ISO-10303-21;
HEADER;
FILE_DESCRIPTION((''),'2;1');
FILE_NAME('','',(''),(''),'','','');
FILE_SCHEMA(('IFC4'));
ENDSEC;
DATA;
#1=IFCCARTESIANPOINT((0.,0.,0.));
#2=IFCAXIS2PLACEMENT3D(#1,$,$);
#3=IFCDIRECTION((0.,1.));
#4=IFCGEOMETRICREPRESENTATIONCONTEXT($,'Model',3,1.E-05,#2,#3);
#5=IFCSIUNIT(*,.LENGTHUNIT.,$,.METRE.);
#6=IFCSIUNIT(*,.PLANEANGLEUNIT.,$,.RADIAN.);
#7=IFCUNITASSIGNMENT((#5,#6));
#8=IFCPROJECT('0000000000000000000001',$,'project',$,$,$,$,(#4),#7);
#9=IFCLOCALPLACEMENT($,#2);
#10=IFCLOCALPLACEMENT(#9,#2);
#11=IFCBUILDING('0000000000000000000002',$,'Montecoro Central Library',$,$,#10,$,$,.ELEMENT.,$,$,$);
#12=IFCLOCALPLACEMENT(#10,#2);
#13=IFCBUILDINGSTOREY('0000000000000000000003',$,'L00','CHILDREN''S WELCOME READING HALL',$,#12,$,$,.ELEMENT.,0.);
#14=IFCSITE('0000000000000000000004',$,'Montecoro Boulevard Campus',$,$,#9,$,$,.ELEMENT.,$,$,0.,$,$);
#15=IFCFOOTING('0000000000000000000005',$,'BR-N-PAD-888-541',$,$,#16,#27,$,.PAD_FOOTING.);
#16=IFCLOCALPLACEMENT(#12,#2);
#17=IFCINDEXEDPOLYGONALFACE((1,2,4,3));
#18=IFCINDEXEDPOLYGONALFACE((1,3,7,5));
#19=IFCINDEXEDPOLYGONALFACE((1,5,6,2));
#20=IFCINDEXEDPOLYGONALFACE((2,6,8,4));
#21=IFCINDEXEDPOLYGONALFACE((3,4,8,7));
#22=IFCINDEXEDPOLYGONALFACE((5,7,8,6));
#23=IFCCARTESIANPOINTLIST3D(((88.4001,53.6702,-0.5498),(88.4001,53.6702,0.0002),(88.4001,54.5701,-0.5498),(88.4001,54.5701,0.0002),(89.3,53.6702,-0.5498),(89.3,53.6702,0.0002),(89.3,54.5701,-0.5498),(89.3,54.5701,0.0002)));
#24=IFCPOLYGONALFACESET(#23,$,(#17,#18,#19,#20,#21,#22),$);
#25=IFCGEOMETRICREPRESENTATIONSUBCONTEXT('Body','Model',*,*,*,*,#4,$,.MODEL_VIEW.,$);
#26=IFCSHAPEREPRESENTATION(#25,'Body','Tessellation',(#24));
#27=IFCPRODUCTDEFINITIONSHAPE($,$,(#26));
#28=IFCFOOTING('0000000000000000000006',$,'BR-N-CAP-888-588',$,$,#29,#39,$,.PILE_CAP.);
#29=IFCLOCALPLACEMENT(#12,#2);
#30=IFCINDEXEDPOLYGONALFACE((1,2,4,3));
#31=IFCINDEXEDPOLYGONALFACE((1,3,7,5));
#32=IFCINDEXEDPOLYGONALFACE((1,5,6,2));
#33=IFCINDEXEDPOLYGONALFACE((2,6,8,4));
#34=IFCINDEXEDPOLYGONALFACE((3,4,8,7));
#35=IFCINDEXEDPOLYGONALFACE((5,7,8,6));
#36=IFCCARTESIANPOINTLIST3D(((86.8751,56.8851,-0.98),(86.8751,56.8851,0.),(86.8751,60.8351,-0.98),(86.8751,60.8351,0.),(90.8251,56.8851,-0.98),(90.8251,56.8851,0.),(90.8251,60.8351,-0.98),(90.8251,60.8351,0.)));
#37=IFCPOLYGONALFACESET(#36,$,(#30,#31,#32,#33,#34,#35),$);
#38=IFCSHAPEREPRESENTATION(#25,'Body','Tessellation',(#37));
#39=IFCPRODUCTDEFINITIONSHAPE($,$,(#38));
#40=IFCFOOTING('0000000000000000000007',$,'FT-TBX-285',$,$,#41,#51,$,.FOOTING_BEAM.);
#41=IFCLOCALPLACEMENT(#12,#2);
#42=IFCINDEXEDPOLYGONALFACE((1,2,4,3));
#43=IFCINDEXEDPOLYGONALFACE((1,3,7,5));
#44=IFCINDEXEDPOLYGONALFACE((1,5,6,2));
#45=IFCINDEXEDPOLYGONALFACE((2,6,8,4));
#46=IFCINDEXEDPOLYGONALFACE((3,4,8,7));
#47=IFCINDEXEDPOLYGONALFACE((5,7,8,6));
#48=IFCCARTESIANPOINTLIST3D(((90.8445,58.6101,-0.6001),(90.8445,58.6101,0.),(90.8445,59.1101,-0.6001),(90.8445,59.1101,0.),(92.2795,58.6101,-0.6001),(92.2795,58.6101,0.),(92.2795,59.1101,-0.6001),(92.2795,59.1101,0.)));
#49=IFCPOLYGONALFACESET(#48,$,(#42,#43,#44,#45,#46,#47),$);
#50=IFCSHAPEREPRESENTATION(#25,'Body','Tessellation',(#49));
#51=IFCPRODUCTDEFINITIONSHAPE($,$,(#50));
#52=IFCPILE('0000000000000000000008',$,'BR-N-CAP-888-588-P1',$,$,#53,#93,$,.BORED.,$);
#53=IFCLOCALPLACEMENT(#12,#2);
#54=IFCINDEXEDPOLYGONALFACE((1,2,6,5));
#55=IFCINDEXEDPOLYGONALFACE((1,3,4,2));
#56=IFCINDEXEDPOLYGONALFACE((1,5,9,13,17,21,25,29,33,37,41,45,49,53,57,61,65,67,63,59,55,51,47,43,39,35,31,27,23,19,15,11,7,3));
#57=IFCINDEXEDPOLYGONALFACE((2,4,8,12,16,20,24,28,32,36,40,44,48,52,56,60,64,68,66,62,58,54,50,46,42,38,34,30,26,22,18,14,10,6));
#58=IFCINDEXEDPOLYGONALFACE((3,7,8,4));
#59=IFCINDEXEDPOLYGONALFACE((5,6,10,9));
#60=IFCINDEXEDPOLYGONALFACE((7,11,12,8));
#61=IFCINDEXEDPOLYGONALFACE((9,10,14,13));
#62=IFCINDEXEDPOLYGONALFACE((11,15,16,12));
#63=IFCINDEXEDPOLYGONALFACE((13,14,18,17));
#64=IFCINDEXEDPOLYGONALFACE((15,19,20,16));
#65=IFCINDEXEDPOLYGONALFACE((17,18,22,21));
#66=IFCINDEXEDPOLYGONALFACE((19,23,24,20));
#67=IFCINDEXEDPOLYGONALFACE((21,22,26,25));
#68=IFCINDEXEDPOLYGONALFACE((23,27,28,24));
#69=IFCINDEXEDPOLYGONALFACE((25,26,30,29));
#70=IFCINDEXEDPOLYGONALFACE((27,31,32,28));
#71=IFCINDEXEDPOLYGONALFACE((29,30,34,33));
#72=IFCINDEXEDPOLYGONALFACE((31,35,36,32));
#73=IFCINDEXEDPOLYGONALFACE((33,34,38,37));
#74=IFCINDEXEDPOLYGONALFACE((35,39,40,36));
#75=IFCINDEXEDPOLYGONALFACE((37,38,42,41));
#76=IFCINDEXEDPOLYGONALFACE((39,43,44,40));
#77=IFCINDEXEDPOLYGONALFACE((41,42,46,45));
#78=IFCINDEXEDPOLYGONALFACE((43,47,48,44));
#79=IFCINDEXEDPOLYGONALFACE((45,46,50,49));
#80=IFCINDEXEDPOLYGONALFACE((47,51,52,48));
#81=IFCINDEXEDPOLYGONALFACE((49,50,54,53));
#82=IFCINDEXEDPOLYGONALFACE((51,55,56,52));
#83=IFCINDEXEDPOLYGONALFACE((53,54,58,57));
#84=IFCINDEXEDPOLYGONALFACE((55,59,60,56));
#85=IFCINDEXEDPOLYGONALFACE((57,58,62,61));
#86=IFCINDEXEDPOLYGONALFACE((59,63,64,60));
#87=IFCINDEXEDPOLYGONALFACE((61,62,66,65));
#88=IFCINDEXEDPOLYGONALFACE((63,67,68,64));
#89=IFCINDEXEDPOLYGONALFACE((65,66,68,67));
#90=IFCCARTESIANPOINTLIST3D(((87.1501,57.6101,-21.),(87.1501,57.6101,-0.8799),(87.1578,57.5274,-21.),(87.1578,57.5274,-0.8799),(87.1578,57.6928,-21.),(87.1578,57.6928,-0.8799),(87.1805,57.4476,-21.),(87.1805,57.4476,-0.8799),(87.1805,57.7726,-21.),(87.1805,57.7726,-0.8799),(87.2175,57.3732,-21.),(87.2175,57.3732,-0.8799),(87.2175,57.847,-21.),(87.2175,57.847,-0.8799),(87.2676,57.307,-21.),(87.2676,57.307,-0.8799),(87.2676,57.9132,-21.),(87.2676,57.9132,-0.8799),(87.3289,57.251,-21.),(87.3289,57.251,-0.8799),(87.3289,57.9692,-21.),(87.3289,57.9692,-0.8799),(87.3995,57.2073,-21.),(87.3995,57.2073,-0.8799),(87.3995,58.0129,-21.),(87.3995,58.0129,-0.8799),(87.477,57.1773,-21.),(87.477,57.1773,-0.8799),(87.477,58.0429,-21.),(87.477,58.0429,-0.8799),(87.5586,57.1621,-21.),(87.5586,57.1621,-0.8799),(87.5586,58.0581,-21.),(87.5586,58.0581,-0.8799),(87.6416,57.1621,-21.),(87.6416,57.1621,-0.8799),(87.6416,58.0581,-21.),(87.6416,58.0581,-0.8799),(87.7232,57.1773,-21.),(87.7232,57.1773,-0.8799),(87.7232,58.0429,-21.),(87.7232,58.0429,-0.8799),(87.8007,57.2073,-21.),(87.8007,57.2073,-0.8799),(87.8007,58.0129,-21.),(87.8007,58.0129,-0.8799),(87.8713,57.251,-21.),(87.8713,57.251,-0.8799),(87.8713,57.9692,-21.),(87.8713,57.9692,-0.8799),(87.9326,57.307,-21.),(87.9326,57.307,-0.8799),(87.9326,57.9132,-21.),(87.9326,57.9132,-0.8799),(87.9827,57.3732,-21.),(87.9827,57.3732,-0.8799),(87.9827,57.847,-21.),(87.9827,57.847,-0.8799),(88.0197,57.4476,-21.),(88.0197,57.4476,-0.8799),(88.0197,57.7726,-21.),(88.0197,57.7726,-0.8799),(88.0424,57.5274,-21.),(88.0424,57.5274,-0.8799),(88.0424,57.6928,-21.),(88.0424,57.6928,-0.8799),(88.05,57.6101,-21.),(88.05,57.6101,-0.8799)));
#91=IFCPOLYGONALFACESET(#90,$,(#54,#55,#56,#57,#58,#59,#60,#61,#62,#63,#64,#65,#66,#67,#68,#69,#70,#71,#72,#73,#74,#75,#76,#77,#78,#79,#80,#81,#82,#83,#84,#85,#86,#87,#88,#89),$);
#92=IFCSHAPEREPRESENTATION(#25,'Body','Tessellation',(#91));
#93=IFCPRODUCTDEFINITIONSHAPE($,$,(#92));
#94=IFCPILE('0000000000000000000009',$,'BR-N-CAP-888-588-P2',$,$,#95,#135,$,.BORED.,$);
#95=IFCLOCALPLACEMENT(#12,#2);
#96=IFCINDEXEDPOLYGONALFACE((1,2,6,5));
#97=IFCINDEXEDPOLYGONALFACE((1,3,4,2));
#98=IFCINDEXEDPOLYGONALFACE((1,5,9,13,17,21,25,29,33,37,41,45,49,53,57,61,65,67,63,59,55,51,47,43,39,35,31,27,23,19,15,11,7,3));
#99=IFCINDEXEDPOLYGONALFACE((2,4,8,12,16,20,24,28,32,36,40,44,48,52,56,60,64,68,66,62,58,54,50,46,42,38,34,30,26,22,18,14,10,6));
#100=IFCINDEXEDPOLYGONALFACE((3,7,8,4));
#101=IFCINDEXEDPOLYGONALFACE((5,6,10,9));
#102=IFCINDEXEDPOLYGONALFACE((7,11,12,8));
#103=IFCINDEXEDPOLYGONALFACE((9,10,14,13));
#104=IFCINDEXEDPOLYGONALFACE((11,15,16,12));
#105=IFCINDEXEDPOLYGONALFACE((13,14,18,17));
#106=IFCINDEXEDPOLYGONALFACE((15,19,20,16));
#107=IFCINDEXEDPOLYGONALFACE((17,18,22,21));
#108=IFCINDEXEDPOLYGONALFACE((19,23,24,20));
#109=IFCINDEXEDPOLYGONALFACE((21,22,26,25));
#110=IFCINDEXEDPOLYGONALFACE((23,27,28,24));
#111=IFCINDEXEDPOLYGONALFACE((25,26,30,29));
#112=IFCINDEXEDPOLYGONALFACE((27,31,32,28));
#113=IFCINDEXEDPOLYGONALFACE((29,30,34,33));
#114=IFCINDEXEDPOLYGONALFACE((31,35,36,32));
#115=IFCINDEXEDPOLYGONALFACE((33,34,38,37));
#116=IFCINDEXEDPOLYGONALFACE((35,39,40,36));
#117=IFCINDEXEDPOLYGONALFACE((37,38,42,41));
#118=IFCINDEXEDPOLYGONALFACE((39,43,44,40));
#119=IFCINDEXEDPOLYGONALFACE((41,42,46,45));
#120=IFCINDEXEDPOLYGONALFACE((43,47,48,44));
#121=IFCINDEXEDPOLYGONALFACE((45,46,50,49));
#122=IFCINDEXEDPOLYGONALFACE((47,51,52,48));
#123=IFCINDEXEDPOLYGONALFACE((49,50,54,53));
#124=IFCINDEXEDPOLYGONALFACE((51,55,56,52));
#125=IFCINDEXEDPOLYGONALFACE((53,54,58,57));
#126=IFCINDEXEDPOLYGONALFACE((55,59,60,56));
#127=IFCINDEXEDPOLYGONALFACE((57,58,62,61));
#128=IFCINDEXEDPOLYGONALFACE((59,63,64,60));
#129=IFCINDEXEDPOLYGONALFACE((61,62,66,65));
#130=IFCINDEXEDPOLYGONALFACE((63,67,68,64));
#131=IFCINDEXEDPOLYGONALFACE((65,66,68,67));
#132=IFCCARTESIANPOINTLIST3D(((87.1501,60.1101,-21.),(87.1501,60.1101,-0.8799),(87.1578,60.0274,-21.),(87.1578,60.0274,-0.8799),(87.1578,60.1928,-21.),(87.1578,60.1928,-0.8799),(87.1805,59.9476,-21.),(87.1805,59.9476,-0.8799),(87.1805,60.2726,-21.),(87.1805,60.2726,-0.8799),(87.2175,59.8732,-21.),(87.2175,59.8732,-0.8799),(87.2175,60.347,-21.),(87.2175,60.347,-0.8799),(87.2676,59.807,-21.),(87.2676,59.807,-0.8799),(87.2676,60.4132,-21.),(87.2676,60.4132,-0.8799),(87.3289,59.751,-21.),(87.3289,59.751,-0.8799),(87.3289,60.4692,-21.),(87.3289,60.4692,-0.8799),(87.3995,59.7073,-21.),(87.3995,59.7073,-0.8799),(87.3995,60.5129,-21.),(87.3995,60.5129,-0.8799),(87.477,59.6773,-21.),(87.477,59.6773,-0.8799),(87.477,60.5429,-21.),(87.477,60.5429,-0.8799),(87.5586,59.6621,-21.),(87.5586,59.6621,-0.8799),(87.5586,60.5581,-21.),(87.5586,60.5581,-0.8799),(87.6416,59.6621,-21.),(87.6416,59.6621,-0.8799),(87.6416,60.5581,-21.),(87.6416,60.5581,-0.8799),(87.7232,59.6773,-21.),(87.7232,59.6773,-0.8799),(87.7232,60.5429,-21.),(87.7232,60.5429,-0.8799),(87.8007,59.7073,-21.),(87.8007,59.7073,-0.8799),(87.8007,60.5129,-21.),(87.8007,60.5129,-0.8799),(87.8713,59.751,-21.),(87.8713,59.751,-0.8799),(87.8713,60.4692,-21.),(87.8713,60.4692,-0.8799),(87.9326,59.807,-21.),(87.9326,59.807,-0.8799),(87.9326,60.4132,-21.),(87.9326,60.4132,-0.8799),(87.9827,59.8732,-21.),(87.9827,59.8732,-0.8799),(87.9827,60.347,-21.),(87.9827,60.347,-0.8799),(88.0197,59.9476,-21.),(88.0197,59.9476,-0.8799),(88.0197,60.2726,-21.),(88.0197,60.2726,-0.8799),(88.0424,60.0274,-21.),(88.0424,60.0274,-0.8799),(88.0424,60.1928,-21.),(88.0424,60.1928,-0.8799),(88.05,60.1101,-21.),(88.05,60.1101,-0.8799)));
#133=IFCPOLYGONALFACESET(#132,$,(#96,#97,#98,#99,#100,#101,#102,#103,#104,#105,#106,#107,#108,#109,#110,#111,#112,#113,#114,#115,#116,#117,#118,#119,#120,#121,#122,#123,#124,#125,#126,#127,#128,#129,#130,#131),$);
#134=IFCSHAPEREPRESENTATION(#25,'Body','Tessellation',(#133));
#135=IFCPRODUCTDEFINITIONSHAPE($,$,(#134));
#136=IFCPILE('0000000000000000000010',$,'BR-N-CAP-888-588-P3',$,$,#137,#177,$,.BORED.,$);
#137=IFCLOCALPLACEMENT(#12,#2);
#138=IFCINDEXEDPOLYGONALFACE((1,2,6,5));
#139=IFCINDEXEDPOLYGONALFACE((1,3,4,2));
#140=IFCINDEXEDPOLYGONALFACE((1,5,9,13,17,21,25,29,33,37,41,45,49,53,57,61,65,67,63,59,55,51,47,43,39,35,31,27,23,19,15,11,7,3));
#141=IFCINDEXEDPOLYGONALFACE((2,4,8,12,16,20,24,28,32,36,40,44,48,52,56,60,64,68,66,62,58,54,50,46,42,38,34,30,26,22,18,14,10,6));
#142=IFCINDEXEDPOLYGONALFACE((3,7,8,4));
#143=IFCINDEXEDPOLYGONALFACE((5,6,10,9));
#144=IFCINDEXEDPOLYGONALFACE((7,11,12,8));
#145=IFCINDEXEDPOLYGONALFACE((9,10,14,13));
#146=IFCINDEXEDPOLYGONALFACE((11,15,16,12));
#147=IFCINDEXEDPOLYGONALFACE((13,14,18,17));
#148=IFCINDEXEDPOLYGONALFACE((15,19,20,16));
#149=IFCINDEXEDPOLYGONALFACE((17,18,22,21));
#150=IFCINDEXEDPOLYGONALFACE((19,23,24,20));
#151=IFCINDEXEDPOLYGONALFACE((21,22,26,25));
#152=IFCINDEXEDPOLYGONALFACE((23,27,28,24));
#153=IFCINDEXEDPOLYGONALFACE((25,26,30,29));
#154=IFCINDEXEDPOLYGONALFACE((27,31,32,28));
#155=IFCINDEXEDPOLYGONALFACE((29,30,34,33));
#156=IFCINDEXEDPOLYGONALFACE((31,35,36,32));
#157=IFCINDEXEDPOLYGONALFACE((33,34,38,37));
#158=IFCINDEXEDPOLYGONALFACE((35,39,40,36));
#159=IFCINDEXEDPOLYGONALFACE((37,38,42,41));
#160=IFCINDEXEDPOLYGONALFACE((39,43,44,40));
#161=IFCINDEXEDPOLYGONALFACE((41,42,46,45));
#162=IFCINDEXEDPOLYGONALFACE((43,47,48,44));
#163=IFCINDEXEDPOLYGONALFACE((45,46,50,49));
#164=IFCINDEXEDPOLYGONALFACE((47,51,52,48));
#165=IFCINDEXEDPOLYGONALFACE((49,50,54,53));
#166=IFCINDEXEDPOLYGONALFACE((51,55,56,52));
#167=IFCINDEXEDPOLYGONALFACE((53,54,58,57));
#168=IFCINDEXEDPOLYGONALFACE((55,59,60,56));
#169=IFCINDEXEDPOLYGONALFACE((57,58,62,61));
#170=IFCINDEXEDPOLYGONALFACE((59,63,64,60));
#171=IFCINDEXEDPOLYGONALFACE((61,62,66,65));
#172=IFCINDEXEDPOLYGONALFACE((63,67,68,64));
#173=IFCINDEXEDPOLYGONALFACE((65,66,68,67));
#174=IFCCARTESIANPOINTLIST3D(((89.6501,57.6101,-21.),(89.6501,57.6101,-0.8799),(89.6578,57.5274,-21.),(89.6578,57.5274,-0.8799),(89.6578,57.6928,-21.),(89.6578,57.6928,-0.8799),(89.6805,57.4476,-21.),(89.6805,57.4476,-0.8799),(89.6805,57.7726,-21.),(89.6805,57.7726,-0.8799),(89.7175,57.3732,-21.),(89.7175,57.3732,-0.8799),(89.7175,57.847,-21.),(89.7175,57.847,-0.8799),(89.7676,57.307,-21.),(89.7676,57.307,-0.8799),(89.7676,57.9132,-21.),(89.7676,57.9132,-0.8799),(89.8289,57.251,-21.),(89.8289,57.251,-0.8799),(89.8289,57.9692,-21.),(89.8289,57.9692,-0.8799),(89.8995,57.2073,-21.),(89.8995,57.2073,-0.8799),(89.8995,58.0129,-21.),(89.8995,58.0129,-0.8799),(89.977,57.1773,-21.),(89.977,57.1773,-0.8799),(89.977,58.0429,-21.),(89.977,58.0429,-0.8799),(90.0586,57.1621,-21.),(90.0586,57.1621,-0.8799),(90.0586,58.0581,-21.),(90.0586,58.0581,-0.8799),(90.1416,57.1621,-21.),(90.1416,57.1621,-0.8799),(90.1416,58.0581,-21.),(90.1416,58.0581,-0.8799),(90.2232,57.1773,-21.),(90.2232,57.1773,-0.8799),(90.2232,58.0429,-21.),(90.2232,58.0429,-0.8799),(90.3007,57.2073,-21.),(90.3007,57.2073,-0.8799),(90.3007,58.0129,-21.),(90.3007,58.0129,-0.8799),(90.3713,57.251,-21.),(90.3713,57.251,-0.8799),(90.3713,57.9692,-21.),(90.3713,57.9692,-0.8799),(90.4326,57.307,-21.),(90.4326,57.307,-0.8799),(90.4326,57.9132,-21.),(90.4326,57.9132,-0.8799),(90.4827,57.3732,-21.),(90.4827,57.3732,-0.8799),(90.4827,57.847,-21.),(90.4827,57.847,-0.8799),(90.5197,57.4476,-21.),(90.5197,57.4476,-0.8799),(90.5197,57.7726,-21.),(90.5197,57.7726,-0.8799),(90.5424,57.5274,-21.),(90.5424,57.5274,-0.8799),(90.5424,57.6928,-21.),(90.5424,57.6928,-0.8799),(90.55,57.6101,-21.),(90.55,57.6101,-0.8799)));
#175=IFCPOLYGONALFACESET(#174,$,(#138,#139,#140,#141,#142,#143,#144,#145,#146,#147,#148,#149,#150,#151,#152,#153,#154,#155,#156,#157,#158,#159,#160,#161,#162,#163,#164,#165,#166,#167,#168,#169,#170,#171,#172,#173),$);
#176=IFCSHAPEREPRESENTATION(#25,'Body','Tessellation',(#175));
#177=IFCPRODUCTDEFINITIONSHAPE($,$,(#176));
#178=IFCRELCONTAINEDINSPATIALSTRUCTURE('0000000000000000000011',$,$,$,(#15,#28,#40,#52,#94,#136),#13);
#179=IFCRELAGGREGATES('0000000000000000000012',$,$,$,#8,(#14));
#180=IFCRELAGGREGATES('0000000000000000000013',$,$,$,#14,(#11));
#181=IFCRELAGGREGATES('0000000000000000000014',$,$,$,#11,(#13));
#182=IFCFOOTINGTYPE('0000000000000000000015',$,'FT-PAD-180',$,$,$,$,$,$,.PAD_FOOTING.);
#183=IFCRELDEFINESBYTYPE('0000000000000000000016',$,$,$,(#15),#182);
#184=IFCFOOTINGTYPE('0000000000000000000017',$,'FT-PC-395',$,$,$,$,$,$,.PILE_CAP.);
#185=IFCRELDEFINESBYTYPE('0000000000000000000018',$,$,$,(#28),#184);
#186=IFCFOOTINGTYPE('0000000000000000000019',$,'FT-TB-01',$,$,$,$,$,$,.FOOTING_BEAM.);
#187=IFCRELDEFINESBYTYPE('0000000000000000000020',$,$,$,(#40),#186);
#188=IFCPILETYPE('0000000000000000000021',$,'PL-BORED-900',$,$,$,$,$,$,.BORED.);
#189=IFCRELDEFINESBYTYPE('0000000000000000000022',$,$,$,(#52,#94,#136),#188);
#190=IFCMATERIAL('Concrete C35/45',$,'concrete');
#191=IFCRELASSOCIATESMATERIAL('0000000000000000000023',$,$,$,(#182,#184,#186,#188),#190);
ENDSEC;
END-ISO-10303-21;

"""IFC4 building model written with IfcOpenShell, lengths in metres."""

from ifc_helpers import new_model, si_unit, direction, frame, origin, origin_2d, place, context, subcontext, project, spatial, rectangle, circle, extrude, material, material_profile, profile_set, type_object, element, save


model = new_model("IFC4")

# Units and contexts
model_context = context("Model", 3, precision=1e-05, world=origin(), true_north=direction((0.0, 1.0)))
body_context = subcontext(model_context, "Body", "Model", "MODEL_VIEW")
ifc_project = project(units=[si_unit("LENGTHUNIT", "METRE"), si_unit("PLANEANGLEUNIT", "RADIAN")], contexts=[model_context])

# Site, building, storey
site_placement = place(None, origin())
site = spatial("IfcSite", under=ifc_project, at=site_placement, Name="Montecoro Boulevard Campus", CompositionType="ELEMENT", RefElevation=0.0)
building_placement = place(site_placement, origin())
building = spatial("IfcBuilding", under=site, at=building_placement, Name="Montecoro Central Library", CompositionType="ELEMENT")
storey_placement = place(building_placement, origin())
storey = spatial("IfcBuildingStorey", under=building, at=storey_placement, Name="L00", Description="CHILDREN'S WELCOME READING HALL", CompositionType="ELEMENT", Elevation=0.0)

# Footings
ifc_material_1 = material(Name="Concrete C35/45", Category="concrete")
footing_type_1 = type_object("IfcFootingType", Name="FT-PAD-180", PredefinedType="PAD_FOOTING", material=ifc_material_1)
footing_1_placement = place(storey_placement, frame((88.8501, 54.1201, -0.5498), z_axis=(0.0, 0.0, 1.0), x_axis=(1.0, 0.0, 0.0)))
element("IfcFooting", 1, at=footing_1_placement, inside=storey, type_object=footing_type_1, Name="BR-N-PAD-888-541", PredefinedType="PAD_FOOTING", context=body_context, shape_type="SweptSolid", body=[
    extrude(rectangle(XDim=0.8999, YDim=0.8999, at=origin_2d()), origin(), (0.0, 0.0, 1.0), 0.55),
])
footing_type_2 = type_object("IfcFootingType", Name="FT-PC-395", PredefinedType="PILE_CAP", material=ifc_material_1)
footing_2_placement = place(storey_placement, frame((88.8501, 58.8601, -0.98), z_axis=(0.0, 0.0, 1.0), x_axis=(1.0, 0.0, 0.0)))
element("IfcFooting", 2, at=footing_2_placement, inside=storey, type_object=footing_type_2, Name="BR-N-CAP-888-588", PredefinedType="PILE_CAP", context=body_context, shape_type="SweptSolid", body=[
    extrude(rectangle(XDim=3.95, YDim=3.95, at=origin_2d()), origin(), (0.0, 0.0, 1.0), 0.98),
])
footing_type_3 = type_object("IfcFootingType", Name="FT-TB-01", PredefinedType="FOOTING_BEAM", material=ifc_material_1)
footing_3_placement = place(storey_placement, frame((91.562, 58.8601, -0.6001), z_axis=(0.0, 0.0, 1.0), x_axis=(1.0, 0.0, 0.0)))
element("IfcFooting", 3, at=footing_3_placement, inside=storey, type_object=footing_type_3, Name="FT-TBX-285", PredefinedType="FOOTING_BEAM", context=body_context, shape_type="SweptSolid", body=[
    extrude(rectangle(XDim=1.4351, YDim=0.5, at=origin_2d()), origin(), (0.0, 0.0, 1.0), 0.6001),
])

# Piles
ifc_material_profile_1 = material_profile(ifc_material_1, circle(Radius=0.45, at=origin_2d()), Name="PILE D900")
ifc_profile_set_1 = profile_set([ifc_material_profile_1], Name="Concrete C35/45")
pile_type = type_object("IfcPileType", Name="PL-BORED-900", PredefinedType="BORED", material=ifc_profile_set_1)
for number, where, z_axis, x_axis, name in (
    (4, (87.6001, 57.6101, -0.8799), (0.0, 0.0, -1.0), (1.0, 0.0, 0.0), "BR-N-CAP-888-588-P1"),
    (5, (87.6001, 60.1101, -0.8799), (0.0, 0.0, -1.0), (1.0, 0.0, 0.0), "BR-N-CAP-888-588-P2"),
    (6, (90.1001, 57.6101, -0.8799), (0.0, 0.0, -1.0), (1.0, 0.0, 0.0), "BR-N-CAP-888-588-P3"),
):
    element("IfcPile", number, at=place(storey_placement, frame(where, z_axis=z_axis, x_axis=x_axis)), inside=storey, type_object=pile_type, Name=name, PredefinedType="BORED", context=body_context, shape_type="SweptSolid", body=[
        extrude(circle(Radius=0.45, at=origin_2d()), origin(), (0.0, 0.0, 1.0), 20.1201),
    ])

save(model, "model.ifc")
